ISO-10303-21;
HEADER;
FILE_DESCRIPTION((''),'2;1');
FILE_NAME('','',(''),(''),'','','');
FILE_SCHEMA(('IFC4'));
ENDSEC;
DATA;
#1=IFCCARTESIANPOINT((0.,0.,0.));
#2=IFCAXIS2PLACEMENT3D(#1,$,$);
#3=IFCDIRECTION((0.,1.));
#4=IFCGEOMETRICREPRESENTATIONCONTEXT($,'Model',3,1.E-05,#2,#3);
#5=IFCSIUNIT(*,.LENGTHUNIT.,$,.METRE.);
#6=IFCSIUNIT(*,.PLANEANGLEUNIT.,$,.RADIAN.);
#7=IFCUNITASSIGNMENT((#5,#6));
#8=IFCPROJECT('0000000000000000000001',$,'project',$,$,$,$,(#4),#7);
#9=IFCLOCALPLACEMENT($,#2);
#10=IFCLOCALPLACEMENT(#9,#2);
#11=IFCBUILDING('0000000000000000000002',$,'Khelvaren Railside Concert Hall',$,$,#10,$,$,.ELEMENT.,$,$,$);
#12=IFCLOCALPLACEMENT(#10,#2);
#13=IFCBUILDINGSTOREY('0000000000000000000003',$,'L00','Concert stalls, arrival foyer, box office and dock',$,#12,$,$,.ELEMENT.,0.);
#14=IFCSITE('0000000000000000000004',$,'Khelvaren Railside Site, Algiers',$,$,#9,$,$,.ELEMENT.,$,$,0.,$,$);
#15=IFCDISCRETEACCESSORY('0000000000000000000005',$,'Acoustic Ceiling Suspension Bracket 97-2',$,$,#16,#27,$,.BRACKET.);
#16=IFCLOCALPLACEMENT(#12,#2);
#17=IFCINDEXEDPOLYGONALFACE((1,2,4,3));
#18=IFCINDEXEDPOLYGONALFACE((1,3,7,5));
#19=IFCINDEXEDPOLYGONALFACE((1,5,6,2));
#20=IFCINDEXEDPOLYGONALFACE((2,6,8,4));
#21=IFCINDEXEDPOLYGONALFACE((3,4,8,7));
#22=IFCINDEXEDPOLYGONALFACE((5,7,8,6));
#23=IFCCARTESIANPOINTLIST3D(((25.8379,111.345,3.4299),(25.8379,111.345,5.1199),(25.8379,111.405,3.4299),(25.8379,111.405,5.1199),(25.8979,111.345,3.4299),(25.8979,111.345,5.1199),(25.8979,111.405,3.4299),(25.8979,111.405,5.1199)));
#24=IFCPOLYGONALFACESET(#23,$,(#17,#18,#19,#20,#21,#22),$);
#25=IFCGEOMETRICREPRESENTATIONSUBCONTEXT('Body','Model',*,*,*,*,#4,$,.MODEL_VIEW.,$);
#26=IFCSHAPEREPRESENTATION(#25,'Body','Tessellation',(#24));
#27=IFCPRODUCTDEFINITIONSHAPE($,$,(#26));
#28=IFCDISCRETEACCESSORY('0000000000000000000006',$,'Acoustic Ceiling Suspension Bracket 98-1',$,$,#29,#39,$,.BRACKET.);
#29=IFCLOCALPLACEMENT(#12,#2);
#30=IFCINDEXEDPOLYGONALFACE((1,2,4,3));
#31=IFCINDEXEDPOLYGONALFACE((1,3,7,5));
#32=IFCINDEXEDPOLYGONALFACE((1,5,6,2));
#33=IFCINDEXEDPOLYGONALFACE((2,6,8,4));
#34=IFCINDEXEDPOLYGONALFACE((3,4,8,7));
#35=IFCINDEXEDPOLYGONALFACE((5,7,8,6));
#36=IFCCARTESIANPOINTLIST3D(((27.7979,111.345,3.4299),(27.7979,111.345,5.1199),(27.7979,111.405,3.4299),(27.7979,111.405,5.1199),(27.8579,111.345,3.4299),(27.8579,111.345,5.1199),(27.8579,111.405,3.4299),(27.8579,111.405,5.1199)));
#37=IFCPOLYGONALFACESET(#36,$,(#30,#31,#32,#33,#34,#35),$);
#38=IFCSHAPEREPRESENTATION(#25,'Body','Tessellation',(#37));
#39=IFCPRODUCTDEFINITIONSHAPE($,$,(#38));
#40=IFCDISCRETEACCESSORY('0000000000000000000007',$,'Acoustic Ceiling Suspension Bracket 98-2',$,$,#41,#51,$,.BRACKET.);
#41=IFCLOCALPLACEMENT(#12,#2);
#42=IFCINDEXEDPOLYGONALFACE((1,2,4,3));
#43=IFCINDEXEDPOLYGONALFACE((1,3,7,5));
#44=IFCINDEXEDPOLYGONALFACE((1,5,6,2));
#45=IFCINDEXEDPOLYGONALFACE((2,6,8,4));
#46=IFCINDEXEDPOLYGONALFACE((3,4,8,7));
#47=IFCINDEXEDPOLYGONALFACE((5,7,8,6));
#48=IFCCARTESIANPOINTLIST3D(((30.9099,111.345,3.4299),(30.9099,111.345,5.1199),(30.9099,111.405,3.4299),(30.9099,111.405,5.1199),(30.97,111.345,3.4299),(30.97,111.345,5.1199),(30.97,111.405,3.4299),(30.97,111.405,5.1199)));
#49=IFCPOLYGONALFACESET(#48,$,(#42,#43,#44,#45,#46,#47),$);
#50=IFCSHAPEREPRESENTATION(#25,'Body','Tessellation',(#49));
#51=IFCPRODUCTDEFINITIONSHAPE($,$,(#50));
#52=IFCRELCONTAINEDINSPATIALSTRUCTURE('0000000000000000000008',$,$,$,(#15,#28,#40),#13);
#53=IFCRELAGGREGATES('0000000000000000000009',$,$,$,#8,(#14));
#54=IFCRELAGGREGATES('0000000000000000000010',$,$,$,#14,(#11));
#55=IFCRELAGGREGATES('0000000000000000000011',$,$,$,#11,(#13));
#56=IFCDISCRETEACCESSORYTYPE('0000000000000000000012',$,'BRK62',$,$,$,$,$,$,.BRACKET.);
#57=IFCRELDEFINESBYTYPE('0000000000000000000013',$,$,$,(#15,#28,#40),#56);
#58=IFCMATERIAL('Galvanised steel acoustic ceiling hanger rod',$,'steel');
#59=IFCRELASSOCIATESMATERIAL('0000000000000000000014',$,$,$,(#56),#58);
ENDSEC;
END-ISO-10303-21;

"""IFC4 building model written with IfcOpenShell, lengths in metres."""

from ifc_helpers import new_model, si_unit, direction, frame, origin, origin_2d, place, context, subcontext, project, spatial, rectangle, extrude, material, type_object, element, save


model = new_model("IFC4")

# Units and contexts
model_context = context("Model", 3, precision=1e-05, world=origin(), true_north=direction((0.0, 1.0)))
body_context = subcontext(model_context, "Body", "Model", "MODEL_VIEW")
ifc_project = project(units=[si_unit("LENGTHUNIT", "METRE"), si_unit("PLANEANGLEUNIT", "RADIAN")], contexts=[model_context])

# Site, building, storey
site_placement = place(None, origin())
site = spatial("IfcSite", under=ifc_project, at=site_placement, Name="Khelvaren Railside Site, Algiers", CompositionType="ELEMENT", RefElevation=0.0)
building_placement = place(site_placement, origin())
building = spatial("IfcBuilding", under=site, at=building_placement, Name="Khelvaren Railside Concert Hall", CompositionType="ELEMENT")
storey_placement = place(building_placement, origin())
storey = spatial("IfcBuildingStorey", under=building, at=storey_placement, Name="L00", Description="Concert stalls, arrival foyer, box office and dock", CompositionType="ELEMENT", Elevation=0.0)

# Discrete accessories
ifc_material_1 = material(Name="Galvanised steel acoustic ceiling hanger rod", Category="steel")
discrete_accessory_type = type_object("IfcDiscreteAccessoryType", Name="BRK62", PredefinedType="BRACKET", material=ifc_material_1)
for number, where, z_axis, x_axis, name in (
    (1, (25.8679, 111.375, 3.4299), (0.0, 0.0, 1.0), (1.0, 0.0, 0.0), "Acoustic Ceiling Suspension Bracket 97-2"),
    (2, (27.8279, 111.375, 3.4299), (0.0, 0.0, 1.0), (1.0, 0.0, 0.0), "Acoustic Ceiling Suspension Bracket 98-1"),
    (3, (30.9399, 111.375, 3.4299), (0.0, 0.0, 1.0), (1.0, 0.0, 0.0), "Acoustic Ceiling Suspension Bracket 98-2"),
):
    element("IfcDiscreteAccessory", number, at=place(storey_placement, frame(where, z_axis=z_axis, x_axis=x_axis)), inside=storey, type_object=discrete_accessory_type, Name=name, PredefinedType="BRACKET", context=body_context, shape_type="SweptSolid", body=[
        extrude(rectangle(XDim=0.0601, YDim=0.0601, at=origin_2d()), origin(), (0.0, 0.0, 1.0), 1.6899),
    ])

save(model, "model.ifc")
